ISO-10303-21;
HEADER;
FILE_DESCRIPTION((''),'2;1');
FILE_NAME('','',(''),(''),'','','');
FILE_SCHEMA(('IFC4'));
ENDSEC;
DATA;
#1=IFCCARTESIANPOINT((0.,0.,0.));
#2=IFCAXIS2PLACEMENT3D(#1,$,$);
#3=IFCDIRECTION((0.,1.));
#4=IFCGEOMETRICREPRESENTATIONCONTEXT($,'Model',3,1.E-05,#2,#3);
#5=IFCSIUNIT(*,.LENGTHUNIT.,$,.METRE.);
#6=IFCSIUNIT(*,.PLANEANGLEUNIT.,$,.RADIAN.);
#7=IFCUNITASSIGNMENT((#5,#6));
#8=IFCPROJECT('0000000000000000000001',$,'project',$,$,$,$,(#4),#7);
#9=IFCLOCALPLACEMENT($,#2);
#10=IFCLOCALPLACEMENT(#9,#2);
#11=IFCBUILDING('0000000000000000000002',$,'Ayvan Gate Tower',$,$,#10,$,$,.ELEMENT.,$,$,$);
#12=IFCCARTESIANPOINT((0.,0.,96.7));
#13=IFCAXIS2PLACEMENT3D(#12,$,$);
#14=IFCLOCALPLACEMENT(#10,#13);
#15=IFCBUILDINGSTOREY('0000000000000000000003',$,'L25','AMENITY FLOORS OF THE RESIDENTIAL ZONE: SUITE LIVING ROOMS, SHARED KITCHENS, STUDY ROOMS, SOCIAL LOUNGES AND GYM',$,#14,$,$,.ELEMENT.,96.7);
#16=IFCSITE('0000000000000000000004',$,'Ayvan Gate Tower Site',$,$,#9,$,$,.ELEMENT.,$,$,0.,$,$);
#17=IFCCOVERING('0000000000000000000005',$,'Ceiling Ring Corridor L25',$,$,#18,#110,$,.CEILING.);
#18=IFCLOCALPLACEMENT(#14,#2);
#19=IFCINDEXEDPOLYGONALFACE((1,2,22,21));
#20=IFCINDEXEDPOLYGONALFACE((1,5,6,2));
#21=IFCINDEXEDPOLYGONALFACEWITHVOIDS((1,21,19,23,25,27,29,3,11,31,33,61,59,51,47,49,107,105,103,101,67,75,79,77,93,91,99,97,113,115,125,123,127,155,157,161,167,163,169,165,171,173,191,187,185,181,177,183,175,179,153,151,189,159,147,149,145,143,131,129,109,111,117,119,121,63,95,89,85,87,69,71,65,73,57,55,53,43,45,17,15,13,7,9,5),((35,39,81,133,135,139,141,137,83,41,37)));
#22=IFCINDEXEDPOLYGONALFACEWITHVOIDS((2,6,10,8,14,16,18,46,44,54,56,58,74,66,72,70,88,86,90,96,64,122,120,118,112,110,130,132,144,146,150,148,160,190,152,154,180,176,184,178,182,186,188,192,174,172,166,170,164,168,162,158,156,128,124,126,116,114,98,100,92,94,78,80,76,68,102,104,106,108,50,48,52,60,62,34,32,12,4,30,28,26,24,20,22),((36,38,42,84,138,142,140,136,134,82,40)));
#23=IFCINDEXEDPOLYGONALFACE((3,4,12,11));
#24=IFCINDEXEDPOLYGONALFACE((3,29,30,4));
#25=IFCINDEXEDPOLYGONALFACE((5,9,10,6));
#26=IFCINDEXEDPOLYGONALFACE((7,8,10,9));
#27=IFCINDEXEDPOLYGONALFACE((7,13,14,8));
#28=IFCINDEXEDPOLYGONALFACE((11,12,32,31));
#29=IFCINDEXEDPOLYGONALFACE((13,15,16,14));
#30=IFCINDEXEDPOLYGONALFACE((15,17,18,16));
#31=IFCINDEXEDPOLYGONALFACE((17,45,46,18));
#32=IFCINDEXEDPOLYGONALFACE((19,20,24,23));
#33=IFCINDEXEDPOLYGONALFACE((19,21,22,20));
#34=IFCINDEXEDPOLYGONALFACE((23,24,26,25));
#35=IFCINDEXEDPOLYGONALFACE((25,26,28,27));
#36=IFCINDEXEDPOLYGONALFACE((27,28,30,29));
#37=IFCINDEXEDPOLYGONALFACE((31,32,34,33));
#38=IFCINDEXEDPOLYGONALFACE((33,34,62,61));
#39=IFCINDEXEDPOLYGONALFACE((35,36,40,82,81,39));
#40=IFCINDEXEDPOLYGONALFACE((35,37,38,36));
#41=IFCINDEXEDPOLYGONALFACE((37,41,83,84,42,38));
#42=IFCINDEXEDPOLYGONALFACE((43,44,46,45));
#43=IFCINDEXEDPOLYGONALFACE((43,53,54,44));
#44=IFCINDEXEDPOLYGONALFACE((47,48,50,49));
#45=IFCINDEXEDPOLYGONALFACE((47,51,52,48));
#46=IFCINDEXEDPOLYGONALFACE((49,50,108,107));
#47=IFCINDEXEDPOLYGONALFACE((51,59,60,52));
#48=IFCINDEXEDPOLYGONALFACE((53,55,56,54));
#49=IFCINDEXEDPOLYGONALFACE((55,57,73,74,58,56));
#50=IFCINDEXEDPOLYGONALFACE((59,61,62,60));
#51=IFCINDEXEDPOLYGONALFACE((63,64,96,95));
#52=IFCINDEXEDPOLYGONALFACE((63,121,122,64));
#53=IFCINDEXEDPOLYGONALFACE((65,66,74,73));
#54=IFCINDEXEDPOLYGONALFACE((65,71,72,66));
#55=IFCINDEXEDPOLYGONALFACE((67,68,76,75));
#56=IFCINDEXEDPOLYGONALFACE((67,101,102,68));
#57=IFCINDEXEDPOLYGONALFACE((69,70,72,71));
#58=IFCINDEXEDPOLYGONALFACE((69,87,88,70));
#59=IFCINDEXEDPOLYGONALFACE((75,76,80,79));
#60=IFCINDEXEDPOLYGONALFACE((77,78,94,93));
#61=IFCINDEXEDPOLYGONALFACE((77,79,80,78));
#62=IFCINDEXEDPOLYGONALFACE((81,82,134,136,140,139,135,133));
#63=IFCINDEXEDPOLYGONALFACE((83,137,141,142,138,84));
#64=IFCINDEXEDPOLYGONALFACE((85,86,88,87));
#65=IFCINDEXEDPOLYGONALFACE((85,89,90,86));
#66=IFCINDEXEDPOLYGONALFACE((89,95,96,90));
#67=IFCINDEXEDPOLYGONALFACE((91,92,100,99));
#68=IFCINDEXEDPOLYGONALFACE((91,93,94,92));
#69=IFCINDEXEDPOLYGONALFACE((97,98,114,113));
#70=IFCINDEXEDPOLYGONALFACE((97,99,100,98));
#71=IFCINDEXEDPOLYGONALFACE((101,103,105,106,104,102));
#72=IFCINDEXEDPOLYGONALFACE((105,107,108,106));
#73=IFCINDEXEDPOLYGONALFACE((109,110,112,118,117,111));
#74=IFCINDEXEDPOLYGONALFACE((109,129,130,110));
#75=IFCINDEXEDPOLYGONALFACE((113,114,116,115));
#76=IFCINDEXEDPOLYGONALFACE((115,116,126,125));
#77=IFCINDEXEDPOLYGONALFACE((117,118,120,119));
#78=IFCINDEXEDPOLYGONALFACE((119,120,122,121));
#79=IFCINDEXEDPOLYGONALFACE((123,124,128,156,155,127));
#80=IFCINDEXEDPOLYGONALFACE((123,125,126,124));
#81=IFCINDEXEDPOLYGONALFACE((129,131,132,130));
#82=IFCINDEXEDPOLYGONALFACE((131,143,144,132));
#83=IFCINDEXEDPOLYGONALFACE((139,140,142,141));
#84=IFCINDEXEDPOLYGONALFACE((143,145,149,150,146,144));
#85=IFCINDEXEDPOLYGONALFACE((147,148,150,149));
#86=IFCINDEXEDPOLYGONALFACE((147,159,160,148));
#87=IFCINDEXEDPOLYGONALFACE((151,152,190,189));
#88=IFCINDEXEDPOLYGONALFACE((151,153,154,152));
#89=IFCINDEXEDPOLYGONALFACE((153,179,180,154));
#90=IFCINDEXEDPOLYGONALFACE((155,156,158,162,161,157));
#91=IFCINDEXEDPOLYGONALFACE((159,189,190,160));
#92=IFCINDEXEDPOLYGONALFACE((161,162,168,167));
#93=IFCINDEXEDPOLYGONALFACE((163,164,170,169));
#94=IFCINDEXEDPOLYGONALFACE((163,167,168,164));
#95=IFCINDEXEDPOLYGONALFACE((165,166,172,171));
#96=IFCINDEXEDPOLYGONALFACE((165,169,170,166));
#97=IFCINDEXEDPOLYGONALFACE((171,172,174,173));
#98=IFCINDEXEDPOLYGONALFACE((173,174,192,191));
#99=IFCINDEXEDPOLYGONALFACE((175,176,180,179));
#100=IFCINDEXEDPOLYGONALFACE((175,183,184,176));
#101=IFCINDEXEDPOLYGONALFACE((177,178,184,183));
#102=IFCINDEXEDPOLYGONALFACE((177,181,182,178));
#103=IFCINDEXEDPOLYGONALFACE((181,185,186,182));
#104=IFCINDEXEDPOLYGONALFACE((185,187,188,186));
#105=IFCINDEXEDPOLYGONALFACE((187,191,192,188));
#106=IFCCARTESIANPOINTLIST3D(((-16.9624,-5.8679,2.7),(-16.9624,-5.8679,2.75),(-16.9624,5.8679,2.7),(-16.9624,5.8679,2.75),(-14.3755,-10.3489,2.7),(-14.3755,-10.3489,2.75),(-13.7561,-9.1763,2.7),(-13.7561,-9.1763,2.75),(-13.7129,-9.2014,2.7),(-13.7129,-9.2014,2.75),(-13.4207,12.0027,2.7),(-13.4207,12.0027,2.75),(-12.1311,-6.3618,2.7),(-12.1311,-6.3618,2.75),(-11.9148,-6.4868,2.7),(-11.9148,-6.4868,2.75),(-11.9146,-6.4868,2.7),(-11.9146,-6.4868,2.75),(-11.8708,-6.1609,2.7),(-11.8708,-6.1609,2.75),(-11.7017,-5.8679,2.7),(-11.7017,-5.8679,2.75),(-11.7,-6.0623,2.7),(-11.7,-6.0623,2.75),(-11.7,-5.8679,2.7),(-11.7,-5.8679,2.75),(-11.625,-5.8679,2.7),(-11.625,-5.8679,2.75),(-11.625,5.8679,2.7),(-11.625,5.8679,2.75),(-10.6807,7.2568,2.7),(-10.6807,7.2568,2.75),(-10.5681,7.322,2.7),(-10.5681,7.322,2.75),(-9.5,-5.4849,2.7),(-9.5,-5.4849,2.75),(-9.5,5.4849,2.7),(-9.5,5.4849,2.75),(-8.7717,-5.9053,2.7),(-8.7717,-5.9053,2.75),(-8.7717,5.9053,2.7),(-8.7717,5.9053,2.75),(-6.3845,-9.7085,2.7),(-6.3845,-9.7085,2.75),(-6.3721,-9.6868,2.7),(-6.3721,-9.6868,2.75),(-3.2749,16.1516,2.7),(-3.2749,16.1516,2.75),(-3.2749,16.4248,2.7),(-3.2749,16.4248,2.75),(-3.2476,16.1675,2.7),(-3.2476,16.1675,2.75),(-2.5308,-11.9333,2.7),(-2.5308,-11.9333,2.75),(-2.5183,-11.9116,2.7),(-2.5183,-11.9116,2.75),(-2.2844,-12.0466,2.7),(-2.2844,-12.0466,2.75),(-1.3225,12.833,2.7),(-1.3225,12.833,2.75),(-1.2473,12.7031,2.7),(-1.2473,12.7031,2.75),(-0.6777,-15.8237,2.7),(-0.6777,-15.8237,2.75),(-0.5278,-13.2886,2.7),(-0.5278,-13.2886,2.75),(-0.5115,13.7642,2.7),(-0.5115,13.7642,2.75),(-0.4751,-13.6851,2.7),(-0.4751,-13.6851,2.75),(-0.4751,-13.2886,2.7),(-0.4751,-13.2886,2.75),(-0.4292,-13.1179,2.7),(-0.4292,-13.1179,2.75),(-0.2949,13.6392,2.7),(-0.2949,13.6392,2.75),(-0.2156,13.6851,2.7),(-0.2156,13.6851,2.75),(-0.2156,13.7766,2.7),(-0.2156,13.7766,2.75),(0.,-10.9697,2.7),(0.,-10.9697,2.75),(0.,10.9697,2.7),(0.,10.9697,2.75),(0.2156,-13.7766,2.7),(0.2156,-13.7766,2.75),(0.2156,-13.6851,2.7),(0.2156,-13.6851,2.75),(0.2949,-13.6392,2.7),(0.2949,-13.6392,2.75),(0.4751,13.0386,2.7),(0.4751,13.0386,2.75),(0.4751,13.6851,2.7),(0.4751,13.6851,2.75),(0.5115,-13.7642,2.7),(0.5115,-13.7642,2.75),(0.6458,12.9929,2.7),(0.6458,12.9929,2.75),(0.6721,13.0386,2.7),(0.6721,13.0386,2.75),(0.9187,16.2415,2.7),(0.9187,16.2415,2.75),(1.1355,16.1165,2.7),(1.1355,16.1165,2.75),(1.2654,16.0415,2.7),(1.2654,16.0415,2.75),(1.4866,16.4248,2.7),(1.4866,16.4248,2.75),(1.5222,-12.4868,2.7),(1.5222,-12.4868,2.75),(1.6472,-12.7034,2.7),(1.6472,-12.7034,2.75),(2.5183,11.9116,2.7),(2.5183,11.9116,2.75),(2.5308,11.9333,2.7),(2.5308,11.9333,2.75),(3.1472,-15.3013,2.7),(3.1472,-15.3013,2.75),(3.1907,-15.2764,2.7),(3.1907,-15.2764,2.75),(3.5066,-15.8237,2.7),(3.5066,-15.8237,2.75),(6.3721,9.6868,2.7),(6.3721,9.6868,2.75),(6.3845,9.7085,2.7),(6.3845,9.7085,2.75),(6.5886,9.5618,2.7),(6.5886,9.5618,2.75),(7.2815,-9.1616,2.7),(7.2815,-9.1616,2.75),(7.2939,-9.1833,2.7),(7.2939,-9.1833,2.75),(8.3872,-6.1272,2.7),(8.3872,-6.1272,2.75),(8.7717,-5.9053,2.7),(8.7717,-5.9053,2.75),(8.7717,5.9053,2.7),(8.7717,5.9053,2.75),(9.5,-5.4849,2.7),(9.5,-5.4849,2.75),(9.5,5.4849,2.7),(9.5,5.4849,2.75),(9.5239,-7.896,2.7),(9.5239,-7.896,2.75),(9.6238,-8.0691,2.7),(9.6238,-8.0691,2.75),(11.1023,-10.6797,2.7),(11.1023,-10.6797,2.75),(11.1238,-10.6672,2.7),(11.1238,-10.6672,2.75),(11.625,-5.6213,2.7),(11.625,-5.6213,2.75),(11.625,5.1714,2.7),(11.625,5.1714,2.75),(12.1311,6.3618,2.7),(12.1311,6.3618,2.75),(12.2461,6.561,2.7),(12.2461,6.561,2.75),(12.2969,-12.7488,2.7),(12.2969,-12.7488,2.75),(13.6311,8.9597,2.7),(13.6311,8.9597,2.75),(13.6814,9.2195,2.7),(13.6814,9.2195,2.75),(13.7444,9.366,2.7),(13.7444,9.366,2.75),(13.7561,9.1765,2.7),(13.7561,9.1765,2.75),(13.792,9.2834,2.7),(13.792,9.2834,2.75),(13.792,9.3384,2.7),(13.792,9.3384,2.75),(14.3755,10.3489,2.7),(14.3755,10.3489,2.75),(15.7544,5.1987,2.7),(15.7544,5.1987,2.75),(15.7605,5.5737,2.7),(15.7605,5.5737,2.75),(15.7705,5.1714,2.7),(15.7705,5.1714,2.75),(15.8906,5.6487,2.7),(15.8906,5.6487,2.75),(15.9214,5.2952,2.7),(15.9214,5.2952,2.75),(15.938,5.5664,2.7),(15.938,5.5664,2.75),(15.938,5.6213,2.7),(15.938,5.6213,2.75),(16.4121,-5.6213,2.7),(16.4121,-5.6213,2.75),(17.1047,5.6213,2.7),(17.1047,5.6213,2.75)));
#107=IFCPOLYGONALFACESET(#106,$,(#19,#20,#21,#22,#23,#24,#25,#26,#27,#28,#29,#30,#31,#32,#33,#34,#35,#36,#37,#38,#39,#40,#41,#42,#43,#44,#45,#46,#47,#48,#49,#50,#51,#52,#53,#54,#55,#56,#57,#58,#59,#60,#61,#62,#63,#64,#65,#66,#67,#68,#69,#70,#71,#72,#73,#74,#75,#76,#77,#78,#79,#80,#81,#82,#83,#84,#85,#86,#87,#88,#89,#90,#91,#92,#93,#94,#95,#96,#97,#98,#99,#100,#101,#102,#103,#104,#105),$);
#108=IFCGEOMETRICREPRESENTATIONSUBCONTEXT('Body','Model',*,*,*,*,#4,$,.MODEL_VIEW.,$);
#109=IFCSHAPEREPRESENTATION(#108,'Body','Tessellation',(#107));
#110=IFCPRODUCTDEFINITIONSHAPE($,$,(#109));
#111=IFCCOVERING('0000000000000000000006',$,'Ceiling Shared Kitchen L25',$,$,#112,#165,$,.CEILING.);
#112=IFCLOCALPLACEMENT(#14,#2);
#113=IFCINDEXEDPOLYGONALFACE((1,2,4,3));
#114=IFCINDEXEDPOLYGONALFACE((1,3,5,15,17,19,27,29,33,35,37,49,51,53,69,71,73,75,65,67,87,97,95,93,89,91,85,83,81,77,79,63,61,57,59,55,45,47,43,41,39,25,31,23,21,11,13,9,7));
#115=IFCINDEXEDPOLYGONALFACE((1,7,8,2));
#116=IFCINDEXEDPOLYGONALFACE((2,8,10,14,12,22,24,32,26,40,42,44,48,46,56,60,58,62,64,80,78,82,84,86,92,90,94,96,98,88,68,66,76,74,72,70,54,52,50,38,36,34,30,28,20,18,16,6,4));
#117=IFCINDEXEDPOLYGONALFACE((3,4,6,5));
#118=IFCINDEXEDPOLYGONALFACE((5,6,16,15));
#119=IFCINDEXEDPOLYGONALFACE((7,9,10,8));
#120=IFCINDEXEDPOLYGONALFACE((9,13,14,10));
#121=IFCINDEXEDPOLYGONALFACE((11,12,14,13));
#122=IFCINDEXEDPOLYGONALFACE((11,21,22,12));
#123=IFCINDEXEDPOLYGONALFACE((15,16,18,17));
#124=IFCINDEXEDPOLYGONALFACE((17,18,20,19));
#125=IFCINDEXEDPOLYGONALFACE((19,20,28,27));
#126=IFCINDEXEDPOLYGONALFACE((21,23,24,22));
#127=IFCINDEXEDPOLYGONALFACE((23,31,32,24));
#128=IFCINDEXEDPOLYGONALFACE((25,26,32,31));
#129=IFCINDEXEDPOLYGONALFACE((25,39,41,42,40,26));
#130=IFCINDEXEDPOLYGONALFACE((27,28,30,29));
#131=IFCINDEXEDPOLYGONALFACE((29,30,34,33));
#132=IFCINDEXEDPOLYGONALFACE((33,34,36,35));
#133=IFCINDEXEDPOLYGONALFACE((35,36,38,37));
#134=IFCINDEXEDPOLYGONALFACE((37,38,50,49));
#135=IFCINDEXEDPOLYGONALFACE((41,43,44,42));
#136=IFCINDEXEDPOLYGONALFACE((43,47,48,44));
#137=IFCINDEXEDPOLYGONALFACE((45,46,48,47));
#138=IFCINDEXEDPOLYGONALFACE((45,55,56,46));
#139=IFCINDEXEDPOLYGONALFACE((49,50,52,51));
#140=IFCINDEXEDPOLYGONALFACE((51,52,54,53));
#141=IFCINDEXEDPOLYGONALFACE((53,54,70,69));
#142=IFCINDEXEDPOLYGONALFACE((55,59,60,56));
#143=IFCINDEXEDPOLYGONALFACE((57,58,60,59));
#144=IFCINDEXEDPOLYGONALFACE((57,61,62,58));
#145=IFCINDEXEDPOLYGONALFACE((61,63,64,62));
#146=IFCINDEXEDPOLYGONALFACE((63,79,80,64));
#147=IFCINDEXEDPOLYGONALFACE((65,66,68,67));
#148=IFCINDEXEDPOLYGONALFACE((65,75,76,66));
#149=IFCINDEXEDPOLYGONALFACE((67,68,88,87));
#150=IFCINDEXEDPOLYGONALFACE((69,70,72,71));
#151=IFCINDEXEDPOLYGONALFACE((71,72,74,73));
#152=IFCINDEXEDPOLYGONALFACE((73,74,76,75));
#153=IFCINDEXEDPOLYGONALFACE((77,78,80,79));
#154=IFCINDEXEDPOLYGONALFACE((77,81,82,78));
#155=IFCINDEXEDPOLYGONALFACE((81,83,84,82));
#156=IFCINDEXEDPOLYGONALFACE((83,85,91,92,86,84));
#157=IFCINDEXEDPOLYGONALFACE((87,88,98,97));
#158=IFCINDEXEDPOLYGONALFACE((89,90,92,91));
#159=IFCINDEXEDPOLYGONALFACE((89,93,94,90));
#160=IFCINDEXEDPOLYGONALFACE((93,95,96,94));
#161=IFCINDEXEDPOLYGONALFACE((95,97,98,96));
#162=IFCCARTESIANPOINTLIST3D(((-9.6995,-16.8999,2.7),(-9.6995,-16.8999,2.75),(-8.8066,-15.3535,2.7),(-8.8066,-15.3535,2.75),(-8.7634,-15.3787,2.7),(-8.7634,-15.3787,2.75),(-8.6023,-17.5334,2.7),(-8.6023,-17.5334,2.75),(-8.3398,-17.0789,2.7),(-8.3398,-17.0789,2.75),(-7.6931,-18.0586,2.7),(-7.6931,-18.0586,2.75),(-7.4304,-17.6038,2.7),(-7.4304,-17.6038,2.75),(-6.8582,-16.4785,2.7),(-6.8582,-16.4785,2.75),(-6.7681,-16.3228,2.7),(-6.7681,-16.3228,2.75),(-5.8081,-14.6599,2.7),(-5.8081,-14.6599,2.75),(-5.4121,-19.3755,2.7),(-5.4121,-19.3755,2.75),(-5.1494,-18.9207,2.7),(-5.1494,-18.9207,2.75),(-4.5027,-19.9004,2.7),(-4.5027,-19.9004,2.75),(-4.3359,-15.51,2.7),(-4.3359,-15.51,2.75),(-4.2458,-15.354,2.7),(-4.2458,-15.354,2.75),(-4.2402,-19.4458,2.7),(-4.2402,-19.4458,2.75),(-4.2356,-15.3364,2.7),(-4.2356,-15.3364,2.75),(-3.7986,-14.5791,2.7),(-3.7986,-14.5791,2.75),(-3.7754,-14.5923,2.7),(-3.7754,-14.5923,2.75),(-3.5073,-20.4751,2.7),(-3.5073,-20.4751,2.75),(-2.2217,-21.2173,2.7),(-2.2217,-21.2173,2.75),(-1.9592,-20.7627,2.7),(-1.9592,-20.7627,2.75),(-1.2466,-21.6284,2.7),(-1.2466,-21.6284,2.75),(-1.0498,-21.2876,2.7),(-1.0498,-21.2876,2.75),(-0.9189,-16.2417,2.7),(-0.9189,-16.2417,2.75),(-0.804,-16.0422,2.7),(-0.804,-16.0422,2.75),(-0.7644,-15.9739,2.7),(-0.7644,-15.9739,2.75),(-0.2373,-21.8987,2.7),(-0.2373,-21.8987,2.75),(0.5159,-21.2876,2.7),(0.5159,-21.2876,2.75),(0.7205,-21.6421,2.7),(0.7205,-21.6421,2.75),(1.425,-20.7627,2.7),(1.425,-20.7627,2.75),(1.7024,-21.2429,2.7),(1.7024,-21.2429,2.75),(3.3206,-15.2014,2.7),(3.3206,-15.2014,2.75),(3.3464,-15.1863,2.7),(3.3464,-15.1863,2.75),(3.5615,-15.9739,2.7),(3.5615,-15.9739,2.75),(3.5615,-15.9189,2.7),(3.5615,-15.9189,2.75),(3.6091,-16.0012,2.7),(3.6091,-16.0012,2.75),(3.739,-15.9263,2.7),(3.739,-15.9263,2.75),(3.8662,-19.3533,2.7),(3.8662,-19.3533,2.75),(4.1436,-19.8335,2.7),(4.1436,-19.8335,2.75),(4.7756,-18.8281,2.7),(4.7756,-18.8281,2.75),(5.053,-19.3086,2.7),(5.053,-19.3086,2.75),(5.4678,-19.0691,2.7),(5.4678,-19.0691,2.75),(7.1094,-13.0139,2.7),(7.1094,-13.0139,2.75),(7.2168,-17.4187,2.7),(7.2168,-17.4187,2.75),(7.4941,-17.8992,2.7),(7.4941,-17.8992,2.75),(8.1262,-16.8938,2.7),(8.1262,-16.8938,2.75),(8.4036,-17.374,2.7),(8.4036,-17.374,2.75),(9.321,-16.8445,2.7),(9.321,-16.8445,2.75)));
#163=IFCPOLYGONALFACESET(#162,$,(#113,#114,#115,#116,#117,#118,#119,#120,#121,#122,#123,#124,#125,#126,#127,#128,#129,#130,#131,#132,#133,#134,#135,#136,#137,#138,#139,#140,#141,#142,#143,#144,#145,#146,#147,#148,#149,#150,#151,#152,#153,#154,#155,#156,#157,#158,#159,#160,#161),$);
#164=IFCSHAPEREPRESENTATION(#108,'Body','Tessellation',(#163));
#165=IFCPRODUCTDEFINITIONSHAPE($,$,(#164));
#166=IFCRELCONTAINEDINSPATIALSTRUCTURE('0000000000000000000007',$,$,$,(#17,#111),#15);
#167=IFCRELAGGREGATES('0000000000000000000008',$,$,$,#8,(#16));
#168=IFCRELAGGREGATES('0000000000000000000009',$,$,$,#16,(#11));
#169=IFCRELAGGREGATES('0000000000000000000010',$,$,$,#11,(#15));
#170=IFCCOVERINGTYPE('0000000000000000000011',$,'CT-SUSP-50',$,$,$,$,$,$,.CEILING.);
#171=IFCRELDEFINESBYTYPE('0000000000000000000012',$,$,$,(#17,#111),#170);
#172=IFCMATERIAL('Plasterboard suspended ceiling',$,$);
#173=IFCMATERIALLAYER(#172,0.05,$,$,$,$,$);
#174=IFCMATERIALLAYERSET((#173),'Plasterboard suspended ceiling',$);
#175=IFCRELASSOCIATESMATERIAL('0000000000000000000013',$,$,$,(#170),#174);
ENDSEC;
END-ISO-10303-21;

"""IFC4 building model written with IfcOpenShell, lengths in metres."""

from ifc_helpers import new_model, si_unit, direction, frame, origin, place, context, subcontext, project, spatial, polyline, outline, extrude, material, layer, layer_set, type_object, element, save


model = new_model("IFC4")

# Units and contexts
model_context = context("Model", 3, precision=1e-05, world=origin(), true_north=direction((0.0, 1.0)))
body_context = subcontext(model_context, "Body", "Model", "MODEL_VIEW")
ifc_project = project(units=[si_unit("LENGTHUNIT", "METRE"), si_unit("PLANEANGLEUNIT", "RADIAN")], contexts=[model_context])

# Site, building, storey
site_placement = place(None, origin())
site = spatial("IfcSite", under=ifc_project, at=site_placement, Name="Ayvan Gate Tower Site", CompositionType="ELEMENT", RefElevation=0.0)
building_placement = place(site_placement, origin())
building = spatial("IfcBuilding", under=site, at=building_placement, Name="Ayvan Gate Tower", CompositionType="ELEMENT")
storey_placement = place(building_placement, frame((0.0, 0.0, 96.7)))
storey = spatial("IfcBuildingStorey", under=building, at=storey_placement, Name="L25", Description="AMENITY FLOORS OF THE RESIDENTIAL ZONE: SUITE LIVING ROOMS, SHARED KITCHENS, STUDY ROOMS, SOCIAL LOUNGES AND GYM", CompositionType="ELEMENT", Elevation=96.7)

# Coverings
ifc_material_1 = material(Name="Plasterboard suspended ceiling")
ifc_layer_1 = layer(ifc_material_1, 0.05)
ifc_layer_set_1 = layer_set([ifc_layer_1], Name="Plasterboard suspended ceiling")
covering_type = type_object("IfcCoveringType", Name="CT-SUSP-50", PredefinedType="CEILING", material=ifc_layer_set_1)
covering_1_placement = place(storey_placement, frame((0.0, 0.0, 2.7)))
element("IfcCovering", 1, at=covering_1_placement, inside=storey, type_object=covering_type, Name="Ceiling Ring Corridor L25", PredefinedType="CEILING", context=body_context, shape_type="SweptSolid", body=[
    extrude(outline(polyline([(-11.9148, -6.4868), (-12.1311, -6.3618), (-13.7561, -9.1763), (-13.7129, -9.2014), (-14.3755, -10.3489), (-16.9624, -5.8679), (-11.7017, -5.8679), (-11.8708, -6.1609), (-11.7, -6.0623), (-11.7, -5.8679), (-11.625, -5.8679), (-11.625, 5.8679), (-16.9624, 5.8679), (-13.4207, 12.0027), (-10.6807, 7.2568), (-10.5681, 7.322), (-1.2473, 12.7031), (-1.3225, 12.833), (-3.2476, 16.1675), (-3.2749, 16.1516), (-3.2749, 16.4248), (1.4866, 16.4248), (1.2654, 16.0415), (1.1355, 16.1165), (0.9187, 16.2415), (-0.5115, 13.7642), (-0.2949, 13.6392), (-0.2156, 13.7766), (-0.2156, 13.6851), (0.4751, 13.6851), (0.4751, 13.0386), (0.6721, 13.0386), (0.6458, 12.9929), (2.5183, 11.9116), (2.5308, 11.9333), (6.3845, 9.7085), (6.3721, 9.6868), (6.5886, 9.5618), (12.1311, 6.3618), (12.2461, 6.561), (13.6311, 8.9597), (13.7561, 9.1765), (13.6814, 9.2195), (13.792, 9.2834), (13.7444, 9.366), (13.792, 9.3384), (14.3755, 10.3489), (17.1047, 5.6213), (15.938, 5.6213), (15.938, 5.5664), (15.8906, 5.6487), (15.7605, 5.5737), (15.9214, 5.2952), (15.7544, 5.1987), (15.7705, 5.1714), (11.625, 5.1714), (11.625, -5.6213), (16.4121, -5.6213), (12.2969, -12.7488), (11.1023, -10.6797), (11.1238, -10.6672), (9.6238, -8.0691), (9.5239, -7.896), (7.2939, -9.1833), (7.2815, -9.1616), (1.5222, -12.4868), (1.6472, -12.7034), (3.1472, -15.3013), (3.1907, -15.2764), (3.5066, -15.8237), (-0.6777, -15.8237), (0.5115, -13.7642), (0.2949, -13.6392), (0.2156, -13.7766), (0.2156, -13.6851), (-0.4751, -13.6851), (-0.4751, -13.2886), (-0.5278, -13.2886), (-0.4292, -13.1179), (-2.2844, -12.0466), (-2.5183, -11.9116), (-2.5308, -11.9333), (-6.3845, -9.7085), (-6.3721, -9.6868), (-11.9146, -6.4868), (-11.9148, -6.4868)]), holes=[polyline([(9.5, 5.4849), (8.7717, 5.9053), (0.0, 10.9697), (-8.7717, 5.9053), (-9.5, 5.4849), (-9.5, -5.4849), (-8.7717, -5.9053), (0.0, -10.9697), (8.3872, -6.1272), (8.7717, -5.9053), (9.5, -5.4849), (9.5, 5.4849)])]), origin(), (0.0, 0.0, 1.0), 0.05),
])
covering_2_placement = place(storey_placement, frame((0.0, 0.0, 2.7)))
element("IfcCovering", 2, at=covering_2_placement, inside=storey, type_object=covering_type, Name="Ceiling Shared Kitchen L25", PredefinedType="CEILING", context=body_context, shape_type="SweptSolid", body=[
    extrude(outline(polyline([(-6.8582, -16.4785), (-6.7681, -16.3228), (-5.8081, -14.6599), (-4.3359, -15.51), (-4.2458, -15.354), (-4.2356, -15.3364), (-3.7986, -14.5791), (-3.7754, -14.5923), (-0.9189, -16.2417), (-0.804, -16.0422), (-0.7644, -15.9739), (3.5615, -15.9739), (3.5615, -15.9189), (3.6091, -16.0012), (3.739, -15.9263), (3.3206, -15.2014), (3.3464, -15.1863), (7.1094, -13.0139), (9.321, -16.8445), (8.4036, -17.374), (8.1262, -16.8938), (7.2168, -17.4187), (7.4941, -17.8992), (5.4678, -19.0691), (5.053, -19.3086), (4.7756, -18.8281), (3.8662, -19.3533), (4.1436, -19.8335), (1.7024, -21.2429), (1.425, -20.7627), (0.5159, -21.2876), (0.7205, -21.6421), (-0.2373, -21.8987), (-1.2466, -21.6284), (-1.0498, -21.2876), (-1.9592, -20.7627), (-2.2217, -21.2173), (-3.5073, -20.4751), (-4.5027, -19.9004), (-4.2402, -19.4458), (-5.1494, -18.9207), (-5.4121, -19.3755), (-7.6931, -18.0586), (-7.4304, -17.6038), (-8.3398, -17.0789), (-8.6023, -17.5334), (-9.6995, -16.8999), (-8.8066, -15.3535), (-8.7634, -15.3787), (-6.8582, -16.4785)])), origin(), (0.0, 0.0, 1.0), 0.05),
])

save(model, "model.ifc")
